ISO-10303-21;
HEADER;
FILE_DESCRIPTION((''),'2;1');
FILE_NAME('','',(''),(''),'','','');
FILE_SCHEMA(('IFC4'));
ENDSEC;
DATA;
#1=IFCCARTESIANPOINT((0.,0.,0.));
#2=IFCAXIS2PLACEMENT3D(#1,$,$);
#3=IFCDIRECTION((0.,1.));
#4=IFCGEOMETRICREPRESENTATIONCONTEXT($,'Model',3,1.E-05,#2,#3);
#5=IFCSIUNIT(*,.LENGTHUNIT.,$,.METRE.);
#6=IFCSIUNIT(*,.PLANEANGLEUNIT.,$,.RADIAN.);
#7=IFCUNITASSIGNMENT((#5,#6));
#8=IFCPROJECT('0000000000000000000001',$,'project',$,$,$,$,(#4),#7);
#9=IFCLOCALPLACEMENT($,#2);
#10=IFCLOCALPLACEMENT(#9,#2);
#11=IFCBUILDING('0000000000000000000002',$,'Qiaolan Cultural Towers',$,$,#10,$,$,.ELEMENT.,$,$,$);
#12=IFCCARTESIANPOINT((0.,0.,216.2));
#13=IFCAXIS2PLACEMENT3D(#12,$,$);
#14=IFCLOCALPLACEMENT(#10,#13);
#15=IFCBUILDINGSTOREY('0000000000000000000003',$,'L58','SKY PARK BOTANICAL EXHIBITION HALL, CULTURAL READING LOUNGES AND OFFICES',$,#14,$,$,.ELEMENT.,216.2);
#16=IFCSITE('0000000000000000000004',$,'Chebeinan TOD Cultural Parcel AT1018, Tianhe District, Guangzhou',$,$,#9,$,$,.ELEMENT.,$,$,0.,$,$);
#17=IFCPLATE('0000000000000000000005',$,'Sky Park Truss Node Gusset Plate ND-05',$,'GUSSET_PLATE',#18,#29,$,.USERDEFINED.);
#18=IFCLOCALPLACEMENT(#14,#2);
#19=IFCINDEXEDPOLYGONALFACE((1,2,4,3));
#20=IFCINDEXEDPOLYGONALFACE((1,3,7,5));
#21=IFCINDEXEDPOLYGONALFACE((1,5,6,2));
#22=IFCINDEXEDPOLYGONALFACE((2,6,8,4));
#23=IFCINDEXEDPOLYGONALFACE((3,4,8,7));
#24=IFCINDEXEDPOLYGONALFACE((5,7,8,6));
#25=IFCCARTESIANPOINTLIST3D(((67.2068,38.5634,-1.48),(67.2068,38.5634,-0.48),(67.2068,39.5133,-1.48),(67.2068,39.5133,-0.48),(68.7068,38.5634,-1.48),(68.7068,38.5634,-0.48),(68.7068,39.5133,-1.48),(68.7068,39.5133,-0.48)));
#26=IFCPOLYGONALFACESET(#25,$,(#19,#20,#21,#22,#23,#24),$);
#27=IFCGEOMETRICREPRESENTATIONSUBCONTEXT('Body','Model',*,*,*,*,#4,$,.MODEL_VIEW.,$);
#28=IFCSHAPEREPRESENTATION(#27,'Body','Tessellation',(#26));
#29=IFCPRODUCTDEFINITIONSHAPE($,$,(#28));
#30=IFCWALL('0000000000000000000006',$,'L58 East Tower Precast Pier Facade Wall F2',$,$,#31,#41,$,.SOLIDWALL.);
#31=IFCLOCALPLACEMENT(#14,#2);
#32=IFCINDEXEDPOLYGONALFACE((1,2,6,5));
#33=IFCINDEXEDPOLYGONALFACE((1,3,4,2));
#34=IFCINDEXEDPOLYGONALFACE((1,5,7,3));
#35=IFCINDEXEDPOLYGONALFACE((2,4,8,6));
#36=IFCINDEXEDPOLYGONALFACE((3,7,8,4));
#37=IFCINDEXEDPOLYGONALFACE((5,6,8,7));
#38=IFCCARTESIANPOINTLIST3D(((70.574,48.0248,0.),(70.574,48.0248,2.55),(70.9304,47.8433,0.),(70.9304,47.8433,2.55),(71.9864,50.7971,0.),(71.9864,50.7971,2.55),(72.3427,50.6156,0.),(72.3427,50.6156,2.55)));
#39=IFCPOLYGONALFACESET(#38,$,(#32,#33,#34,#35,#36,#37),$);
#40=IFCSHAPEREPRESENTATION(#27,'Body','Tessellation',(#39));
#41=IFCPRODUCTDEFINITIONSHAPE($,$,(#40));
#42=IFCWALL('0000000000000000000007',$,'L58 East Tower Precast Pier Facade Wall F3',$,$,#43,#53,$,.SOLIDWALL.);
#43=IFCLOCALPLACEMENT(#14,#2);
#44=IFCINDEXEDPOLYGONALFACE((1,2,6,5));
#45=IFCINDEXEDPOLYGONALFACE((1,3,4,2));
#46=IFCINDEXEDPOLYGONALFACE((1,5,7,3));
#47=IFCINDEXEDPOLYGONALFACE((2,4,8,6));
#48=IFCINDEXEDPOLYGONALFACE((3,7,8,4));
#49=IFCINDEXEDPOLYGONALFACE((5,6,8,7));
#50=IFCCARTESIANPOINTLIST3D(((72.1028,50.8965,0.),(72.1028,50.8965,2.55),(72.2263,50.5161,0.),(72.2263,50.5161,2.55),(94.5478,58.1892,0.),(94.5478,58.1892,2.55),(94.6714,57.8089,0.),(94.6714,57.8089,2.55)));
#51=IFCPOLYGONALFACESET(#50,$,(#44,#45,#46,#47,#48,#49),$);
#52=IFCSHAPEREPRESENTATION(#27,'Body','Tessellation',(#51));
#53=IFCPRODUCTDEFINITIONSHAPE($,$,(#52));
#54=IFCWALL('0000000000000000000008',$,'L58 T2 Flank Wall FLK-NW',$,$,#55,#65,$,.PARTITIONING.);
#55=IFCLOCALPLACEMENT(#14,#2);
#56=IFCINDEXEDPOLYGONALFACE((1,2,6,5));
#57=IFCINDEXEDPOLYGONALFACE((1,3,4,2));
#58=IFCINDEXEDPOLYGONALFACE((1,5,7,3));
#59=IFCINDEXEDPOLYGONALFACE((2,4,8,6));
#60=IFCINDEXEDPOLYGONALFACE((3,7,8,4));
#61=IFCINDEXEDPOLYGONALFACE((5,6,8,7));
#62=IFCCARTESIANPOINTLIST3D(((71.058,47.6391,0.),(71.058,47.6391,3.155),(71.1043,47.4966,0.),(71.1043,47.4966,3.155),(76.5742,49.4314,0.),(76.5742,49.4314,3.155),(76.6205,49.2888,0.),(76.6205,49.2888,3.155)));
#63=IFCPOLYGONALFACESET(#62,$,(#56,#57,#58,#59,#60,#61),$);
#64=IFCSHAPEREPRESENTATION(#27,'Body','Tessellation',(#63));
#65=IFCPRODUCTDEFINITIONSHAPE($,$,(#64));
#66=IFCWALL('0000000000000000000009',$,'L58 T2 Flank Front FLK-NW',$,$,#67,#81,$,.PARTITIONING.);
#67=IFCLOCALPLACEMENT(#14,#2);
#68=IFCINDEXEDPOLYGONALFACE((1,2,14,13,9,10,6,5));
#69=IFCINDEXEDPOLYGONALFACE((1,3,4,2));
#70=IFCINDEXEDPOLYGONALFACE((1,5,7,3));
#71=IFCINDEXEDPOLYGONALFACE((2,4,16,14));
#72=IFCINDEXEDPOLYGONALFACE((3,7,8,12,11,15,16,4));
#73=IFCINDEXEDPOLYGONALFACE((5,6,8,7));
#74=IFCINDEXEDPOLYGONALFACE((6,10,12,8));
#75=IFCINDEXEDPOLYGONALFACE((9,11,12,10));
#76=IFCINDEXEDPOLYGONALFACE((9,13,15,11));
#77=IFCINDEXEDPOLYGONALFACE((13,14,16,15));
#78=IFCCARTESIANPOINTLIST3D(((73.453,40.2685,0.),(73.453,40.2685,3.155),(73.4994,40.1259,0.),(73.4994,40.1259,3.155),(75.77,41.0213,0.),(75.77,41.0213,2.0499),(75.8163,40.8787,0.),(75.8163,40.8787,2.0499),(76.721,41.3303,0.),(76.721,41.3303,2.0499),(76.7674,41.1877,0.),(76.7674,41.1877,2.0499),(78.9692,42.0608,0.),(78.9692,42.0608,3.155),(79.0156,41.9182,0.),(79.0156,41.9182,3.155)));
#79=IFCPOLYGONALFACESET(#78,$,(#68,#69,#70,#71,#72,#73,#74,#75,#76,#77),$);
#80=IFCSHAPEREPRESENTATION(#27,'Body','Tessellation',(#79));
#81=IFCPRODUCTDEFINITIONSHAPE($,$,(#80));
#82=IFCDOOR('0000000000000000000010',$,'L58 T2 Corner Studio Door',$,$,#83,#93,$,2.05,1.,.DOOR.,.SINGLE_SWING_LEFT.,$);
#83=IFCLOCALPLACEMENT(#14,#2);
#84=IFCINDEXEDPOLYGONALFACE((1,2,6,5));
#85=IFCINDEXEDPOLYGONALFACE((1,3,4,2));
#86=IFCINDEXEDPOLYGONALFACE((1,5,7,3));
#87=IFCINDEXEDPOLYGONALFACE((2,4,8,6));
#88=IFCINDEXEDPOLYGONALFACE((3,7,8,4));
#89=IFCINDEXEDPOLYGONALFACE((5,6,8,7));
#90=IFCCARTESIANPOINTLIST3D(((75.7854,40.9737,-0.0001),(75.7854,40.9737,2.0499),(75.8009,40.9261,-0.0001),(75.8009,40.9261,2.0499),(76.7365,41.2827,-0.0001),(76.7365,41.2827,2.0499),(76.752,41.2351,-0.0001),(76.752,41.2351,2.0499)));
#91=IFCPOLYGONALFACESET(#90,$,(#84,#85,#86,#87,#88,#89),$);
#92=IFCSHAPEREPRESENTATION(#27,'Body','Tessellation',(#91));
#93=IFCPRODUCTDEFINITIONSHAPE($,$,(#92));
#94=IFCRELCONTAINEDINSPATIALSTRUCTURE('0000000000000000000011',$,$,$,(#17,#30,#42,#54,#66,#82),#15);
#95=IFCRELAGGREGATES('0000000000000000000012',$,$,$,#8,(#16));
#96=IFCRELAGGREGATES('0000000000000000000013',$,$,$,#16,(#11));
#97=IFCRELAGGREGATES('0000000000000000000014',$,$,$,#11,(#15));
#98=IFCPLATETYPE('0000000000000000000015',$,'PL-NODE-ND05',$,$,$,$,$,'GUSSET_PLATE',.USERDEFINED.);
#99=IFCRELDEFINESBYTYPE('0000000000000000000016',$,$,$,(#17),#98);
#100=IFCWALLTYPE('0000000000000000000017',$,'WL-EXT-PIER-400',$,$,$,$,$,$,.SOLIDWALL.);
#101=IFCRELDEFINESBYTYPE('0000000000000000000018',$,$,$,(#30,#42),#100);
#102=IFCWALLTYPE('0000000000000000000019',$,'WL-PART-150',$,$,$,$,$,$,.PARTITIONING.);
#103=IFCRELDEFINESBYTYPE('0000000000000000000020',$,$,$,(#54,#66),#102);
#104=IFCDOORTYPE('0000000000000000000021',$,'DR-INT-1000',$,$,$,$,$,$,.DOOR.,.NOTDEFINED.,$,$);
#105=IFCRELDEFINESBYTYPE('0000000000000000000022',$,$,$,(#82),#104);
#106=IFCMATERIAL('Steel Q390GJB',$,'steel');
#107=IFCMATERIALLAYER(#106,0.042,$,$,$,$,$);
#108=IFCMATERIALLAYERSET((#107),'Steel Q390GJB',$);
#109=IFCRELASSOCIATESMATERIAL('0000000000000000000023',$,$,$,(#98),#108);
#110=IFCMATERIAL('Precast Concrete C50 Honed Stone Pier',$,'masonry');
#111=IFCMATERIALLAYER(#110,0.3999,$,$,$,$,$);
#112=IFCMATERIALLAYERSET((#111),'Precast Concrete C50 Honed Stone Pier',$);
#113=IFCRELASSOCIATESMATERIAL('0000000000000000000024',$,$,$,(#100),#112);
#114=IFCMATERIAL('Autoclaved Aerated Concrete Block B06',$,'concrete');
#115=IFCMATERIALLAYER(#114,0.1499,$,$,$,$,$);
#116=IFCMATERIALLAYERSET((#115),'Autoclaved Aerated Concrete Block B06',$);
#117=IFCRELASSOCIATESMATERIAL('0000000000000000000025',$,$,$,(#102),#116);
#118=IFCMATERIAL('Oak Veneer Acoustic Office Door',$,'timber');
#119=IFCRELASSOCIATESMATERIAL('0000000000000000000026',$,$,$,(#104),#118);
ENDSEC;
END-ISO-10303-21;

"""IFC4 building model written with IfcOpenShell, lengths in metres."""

from ifc_helpers import new_model, si_unit, direction, frame, frame_2d, origin, origin_2d, place, context, subcontext, project, spatial, rectangle, extrude, material, layer, layer_set, type_object, element, fill, save


model = new_model("IFC4")

# Units and contexts
model_context = context("Model", 3, precision=1e-05, world=origin(), true_north=direction((0.0, 1.0)))
body_context = subcontext(model_context, "Body", "Model", "MODEL_VIEW")
ifc_project = project(units=[si_unit("LENGTHUNIT", "METRE"), si_unit("PLANEANGLEUNIT", "RADIAN")], contexts=[model_context])

# Site, building, storey
site_placement = place(None, origin())
site = spatial("IfcSite", under=ifc_project, at=site_placement, Name="Chebeinan TOD Cultural Parcel AT1018, Tianhe District, Guangzhou", CompositionType="ELEMENT", RefElevation=0.0)
building_placement = place(site_placement, origin())
building = spatial("IfcBuilding", under=site, at=building_placement, Name="Qiaolan Cultural Towers", CompositionType="ELEMENT")
storey_placement = place(building_placement, frame((0.0, 0.0, 216.2)))
storey = spatial("IfcBuildingStorey", under=building, at=storey_placement, Name="L58", Description="SKY PARK BOTANICAL EXHIBITION HALL, CULTURAL READING LOUNGES AND OFFICES", CompositionType="ELEMENT", Elevation=216.2)

# Plate
ifc_material_1 = material(Name="Steel Q390GJB", Category="steel")
ifc_layer_1 = layer(ifc_material_1, 0.042)
ifc_layer_set_1 = layer_set([ifc_layer_1], Name="Steel Q390GJB")
plate_type_1 = type_object("IfcPlateType", Name="PL-NODE-ND05", ElementType="GUSSET_PLATE", PredefinedType="USERDEFINED", material=ifc_layer_set_1)
plate_1_placement = place(storey_placement, frame((67.9568, 39.0383, -1.48), z_axis=(0.0, 0.0, 1.0), x_axis=(1.0, 0.0, 0.0)))
element("IfcPlate", 1, at=plate_1_placement, inside=storey, type_object=plate_type_1, Name="Sky Park Truss Node Gusset Plate ND-05", ObjectType="GUSSET_PLATE", PredefinedType="USERDEFINED", context=body_context, shape_type="SweptSolid", body=[
    extrude(rectangle(XDim=1.5, YDim=0.95, at=origin_2d()), origin(), (0.0, 0.0, 1.0), 1.0),
])

# Walls
ifc_material_2 = material(Name="Precast Concrete C50 Honed Stone Pier", Category="masonry")
ifc_layer_2 = layer(ifc_material_2, 0.3999)
ifc_layer_set_2 = layer_set([ifc_layer_2], Name="Precast Concrete C50 Honed Stone Pier")
wall_type_1 = type_object("IfcWallType", Name="WL-EXT-PIER-400", PredefinedType="SOLIDWALL", material=ifc_layer_set_2)
wall_1_placement = place(storey_placement, frame((70.7522, 47.9341, 0.0), z_axis=(0.0, 0.0, 1.0), x_axis=(0.453949, 0.891028, 0.0)))
element("IfcWall", 2, at=wall_1_placement, inside=storey, type_object=wall_type_1, Name="L58 East Tower Precast Pier Facade Wall F2", PredefinedType="SOLIDWALL", context=body_context, shape_type="SweptSolid", body=[
    extrude(rectangle(XDim=3.1113, YDim=0.3999, at=frame_2d((1.5557, 0.0))), origin(), (0.0, 0.0, 1.0), 2.55),
])
wall_2_placement = place(storey_placement, frame((72.1646, 50.7063, 0.0), z_axis=(0.0, 0.0, 1.0), x_axis=(0.951058, 0.309012, 0.0)))
element("IfcWall", 3, at=wall_2_placement, inside=storey, type_object=wall_type_1, Name="L58 East Tower Precast Pier Facade Wall F3", PredefinedType="SOLIDWALL", context=body_context, shape_type="SweptSolid", body=[
    extrude(rectangle(XDim=23.6001, YDim=0.3999, at=frame_2d((11.8, 0.0))), origin(), (0.0, 0.0, 1.0), 2.55),
])
ifc_material_3 = material(Name="Autoclaved Aerated Concrete Block B06", Category="concrete")
ifc_layer_3 = layer(ifc_material_3, 0.1499)
ifc_layer_set_3 = layer_set([ifc_layer_3], Name="Autoclaved Aerated Concrete Block B06")
wall_type_2 = type_object("IfcWallType", Name="WL-PART-150", PredefinedType="PARTITIONING", material=ifc_layer_set_3)
wall_3_placement = place(storey_placement, frame((71.0813, 47.5679, 0.0), z_axis=(0.0, 0.0, 1.0), x_axis=(0.951059, 0.309008, 0.0)))
element("IfcWall", 4, at=wall_3_placement, inside=storey, type_object=wall_type_2, Name="L58 T2 Flank Wall FLK-NW", PredefinedType="PARTITIONING", context=body_context, shape_type="SweptSolid", body=[
    extrude(rectangle(XDim=5.8, YDim=0.1499, at=frame_2d((2.8999, 0.0))), origin(), (0.0, 0.0, 1.0), 3.155),
])

# Wall, opening, door
wall_4_placement = place(storey_placement, frame((73.4763, 40.1973, 0.0), z_axis=(0.0, 0.0, 1.0), x_axis=(0.951059, 0.309008, 0.0)))
wall_4 = element("IfcWall", 5, at=wall_4_placement, inside=storey, type_object=wall_type_2, Name="L58 T2 Flank Front FLK-NW", PredefinedType="PARTITIONING", context=body_context, shape_type="SweptSolid", body=[
    extrude(rectangle(XDim=5.8, YDim=0.1499, at=frame_2d((2.8999, 0.0))), origin(), (0.0, 0.0, 1.0), 3.155),
])
opening_placement = place(wall_4_placement, frame((2.436, 0.0, 0.0)))
opening = element("IfcOpeningElement", 6, at=opening_placement, cuts=wall_4, PredefinedType="OPENING", context=body_context, shape_type="SweptSolid", body=[
    extrude(rectangle(XDim=1.0, YDim=2.05, at=frame_2d((0.5, 1.0249))), frame((0.0, 0.085, 0.0), z_axis=(0.0, -1.0, 0.0), x_axis=(1.0, 0.0, 0.0)), (0.0, 0.0, 1.0), 0.1699),
])
ifc_material_4 = material(Name="Oak Veneer Acoustic Office Door", Category="timber")
door_type = type_object("IfcDoorType", Name="DR-INT-1000", OperationType="NOTDEFINED", PredefinedType="DOOR", material=ifc_material_4)
door_placement = place(opening_placement, origin())
door = element("IfcDoor", 7, at=door_placement, inside=storey, type_object=door_type, Name="L58 T2 Corner Studio Door", OperationType="SINGLE_SWING_LEFT", OverallHeight=2.05, OverallWidth=1.0, PredefinedType="DOOR", context=body_context, shape_type="SweptSolid", body=[
    extrude(rectangle(XDim=1.0, YDim=2.05, at=frame_2d((0.5, 1.0249))), frame((0.0, 0.0249, 0.0), z_axis=(0.0, -1.0, 0.0), x_axis=(1.0, 0.0, 0.0)), (0.0, 0.0, 1.0), 0.05),
])
fill(opening, door)

save(model, "model.ifc")
